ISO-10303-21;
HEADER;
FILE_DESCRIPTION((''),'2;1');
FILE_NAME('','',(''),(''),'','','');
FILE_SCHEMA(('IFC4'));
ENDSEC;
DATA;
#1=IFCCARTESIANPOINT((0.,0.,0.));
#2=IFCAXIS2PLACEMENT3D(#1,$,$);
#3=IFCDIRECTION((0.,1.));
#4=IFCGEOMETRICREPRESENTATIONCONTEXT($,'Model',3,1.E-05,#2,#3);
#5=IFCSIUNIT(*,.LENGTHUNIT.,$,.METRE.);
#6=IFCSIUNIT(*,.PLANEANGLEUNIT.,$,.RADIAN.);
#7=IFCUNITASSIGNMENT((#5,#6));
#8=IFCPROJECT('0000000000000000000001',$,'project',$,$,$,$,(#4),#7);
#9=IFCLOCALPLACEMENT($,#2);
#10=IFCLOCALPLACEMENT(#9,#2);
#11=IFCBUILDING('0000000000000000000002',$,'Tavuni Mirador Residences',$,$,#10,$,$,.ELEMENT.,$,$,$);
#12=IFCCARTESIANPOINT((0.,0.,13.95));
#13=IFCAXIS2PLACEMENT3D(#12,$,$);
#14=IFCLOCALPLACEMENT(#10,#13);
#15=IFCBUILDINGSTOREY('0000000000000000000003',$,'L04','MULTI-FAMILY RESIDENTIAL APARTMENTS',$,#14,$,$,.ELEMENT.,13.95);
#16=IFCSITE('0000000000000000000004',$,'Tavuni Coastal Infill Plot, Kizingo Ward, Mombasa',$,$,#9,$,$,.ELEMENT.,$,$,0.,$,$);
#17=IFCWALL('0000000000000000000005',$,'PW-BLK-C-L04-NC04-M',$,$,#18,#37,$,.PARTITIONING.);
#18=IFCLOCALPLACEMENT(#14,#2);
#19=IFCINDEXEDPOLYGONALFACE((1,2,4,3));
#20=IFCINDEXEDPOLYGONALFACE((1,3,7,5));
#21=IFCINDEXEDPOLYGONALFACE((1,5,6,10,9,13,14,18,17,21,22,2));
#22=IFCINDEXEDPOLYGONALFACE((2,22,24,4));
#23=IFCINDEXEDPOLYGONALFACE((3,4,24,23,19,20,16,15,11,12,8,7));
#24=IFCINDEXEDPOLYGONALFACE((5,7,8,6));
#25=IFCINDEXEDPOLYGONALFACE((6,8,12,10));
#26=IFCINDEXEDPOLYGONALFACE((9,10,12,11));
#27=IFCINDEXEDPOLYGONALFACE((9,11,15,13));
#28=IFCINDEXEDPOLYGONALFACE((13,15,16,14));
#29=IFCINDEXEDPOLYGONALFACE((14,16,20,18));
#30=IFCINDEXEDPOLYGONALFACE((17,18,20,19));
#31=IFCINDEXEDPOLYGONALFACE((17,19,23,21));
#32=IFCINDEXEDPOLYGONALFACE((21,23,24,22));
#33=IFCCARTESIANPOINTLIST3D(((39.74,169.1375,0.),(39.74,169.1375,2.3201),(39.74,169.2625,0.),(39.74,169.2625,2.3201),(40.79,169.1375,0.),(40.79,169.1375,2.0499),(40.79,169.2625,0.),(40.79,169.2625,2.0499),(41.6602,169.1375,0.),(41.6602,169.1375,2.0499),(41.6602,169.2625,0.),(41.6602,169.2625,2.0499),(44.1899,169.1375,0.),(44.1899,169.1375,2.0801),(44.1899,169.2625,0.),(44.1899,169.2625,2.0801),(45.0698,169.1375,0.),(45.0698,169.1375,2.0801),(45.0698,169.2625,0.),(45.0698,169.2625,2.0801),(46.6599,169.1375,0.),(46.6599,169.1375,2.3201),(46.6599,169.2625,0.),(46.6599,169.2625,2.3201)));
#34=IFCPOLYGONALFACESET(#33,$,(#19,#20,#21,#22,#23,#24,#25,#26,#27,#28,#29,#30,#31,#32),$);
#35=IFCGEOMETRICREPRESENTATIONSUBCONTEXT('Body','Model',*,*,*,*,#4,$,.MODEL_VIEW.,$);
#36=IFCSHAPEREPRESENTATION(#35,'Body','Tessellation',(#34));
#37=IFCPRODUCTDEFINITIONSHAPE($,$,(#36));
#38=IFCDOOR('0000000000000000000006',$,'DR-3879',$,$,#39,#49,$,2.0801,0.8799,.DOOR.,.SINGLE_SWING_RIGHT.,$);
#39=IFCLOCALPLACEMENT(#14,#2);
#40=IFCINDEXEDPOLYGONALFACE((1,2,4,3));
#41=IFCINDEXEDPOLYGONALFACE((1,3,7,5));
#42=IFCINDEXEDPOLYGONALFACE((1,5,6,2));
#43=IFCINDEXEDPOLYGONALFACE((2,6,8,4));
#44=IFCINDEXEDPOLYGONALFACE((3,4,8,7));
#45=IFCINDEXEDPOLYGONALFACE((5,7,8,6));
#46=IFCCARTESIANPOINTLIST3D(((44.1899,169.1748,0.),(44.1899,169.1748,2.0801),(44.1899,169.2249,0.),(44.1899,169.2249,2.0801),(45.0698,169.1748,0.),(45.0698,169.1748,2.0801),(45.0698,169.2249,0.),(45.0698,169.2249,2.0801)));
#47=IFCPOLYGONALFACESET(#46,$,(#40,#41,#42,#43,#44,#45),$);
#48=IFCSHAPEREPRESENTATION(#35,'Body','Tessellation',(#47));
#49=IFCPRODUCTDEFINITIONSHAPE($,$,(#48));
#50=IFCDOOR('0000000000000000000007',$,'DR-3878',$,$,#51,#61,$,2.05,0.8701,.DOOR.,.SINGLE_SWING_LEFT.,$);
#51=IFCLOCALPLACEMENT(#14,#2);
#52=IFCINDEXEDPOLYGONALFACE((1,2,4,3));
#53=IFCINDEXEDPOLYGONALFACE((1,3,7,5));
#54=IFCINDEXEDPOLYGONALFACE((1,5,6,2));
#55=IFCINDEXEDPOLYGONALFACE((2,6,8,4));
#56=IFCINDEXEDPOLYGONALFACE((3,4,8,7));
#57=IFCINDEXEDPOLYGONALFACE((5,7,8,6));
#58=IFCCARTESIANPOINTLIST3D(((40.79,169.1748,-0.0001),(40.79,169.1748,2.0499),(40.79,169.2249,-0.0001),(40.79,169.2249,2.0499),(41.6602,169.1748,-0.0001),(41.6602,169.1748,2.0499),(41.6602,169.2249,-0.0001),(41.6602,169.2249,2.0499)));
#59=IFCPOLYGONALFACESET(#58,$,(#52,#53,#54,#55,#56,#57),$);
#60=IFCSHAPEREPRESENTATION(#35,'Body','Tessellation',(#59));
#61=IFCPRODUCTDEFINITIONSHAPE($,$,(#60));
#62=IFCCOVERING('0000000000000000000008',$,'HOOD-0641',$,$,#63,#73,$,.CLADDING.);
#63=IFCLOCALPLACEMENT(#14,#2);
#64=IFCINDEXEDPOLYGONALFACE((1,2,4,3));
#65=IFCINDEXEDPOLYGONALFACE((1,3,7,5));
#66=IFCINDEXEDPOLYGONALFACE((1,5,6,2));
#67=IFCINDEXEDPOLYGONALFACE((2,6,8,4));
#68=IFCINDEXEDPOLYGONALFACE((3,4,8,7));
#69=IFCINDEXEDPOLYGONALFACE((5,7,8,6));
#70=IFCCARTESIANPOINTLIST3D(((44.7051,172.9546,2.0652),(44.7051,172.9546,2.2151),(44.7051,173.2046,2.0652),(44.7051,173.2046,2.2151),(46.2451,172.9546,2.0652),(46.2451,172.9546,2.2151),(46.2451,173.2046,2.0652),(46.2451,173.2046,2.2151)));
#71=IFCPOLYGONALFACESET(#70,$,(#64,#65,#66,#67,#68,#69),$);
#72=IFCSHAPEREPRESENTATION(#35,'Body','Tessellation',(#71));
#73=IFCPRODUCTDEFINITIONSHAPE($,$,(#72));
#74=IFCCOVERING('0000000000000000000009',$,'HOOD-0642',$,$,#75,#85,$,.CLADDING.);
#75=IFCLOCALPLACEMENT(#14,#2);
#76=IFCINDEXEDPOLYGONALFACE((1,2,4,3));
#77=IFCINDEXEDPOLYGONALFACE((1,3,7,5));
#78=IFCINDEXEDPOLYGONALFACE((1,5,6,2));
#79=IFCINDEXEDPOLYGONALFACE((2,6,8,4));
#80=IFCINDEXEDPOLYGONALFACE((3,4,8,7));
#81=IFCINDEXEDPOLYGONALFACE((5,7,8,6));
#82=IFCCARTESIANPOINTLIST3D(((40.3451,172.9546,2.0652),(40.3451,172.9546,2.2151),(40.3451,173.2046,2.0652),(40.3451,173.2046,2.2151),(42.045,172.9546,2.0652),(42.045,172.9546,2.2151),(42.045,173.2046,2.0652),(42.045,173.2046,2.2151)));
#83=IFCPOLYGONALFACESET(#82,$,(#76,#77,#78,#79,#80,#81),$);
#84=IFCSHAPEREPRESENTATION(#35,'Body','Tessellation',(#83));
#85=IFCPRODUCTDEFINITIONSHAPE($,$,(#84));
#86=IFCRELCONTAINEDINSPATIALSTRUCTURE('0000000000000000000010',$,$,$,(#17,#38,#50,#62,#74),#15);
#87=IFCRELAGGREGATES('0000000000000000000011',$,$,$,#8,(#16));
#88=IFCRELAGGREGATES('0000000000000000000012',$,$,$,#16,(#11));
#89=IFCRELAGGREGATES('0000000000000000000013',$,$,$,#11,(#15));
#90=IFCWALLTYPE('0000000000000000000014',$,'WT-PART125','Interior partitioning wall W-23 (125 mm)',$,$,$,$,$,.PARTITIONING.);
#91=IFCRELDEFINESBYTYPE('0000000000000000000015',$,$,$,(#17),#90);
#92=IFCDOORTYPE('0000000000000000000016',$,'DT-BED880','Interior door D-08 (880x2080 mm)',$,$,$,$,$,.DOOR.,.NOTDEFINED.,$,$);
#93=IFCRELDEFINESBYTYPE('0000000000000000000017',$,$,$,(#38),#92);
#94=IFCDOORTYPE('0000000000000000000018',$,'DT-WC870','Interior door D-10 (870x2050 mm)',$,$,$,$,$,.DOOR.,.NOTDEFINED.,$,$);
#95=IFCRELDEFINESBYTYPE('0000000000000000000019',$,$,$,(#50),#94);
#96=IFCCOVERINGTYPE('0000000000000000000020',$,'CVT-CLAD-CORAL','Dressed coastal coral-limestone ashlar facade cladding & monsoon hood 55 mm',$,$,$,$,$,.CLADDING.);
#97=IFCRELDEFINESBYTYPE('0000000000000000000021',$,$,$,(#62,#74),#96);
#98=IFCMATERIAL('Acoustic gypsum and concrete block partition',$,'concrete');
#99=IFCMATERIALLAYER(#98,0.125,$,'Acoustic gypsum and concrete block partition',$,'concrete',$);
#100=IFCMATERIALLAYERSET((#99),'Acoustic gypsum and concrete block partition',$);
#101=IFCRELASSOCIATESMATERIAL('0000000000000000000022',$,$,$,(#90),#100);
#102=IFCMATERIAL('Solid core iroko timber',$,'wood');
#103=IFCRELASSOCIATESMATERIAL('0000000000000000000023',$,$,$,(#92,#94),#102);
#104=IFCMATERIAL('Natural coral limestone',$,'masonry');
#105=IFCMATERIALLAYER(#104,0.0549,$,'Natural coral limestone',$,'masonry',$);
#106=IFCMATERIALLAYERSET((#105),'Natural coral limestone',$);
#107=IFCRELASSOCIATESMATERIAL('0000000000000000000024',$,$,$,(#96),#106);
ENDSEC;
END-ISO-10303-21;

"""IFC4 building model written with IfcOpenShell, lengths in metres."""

from ifc_helpers import new_model, si_unit, direction, frame, frame_2d, origin, origin_2d, place, context, subcontext, project, spatial, rectangle, extrude, material, layer, layer_set, type_object, element, fill, save


model = new_model("IFC4")

# Units and contexts
model_context = context("Model", 3, precision=1e-05, world=origin(), true_north=direction((0.0, 1.0)))
body_context = subcontext(model_context, "Body", "Model", "MODEL_VIEW")
ifc_project = project(units=[si_unit("LENGTHUNIT", "METRE"), si_unit("PLANEANGLEUNIT", "RADIAN")], contexts=[model_context])

# Site, building, storey
site_placement = place(None, origin())
site = spatial("IfcSite", under=ifc_project, at=site_placement, Name="Tavuni Coastal Infill Plot, Kizingo Ward, Mombasa", CompositionType="ELEMENT", RefElevation=0.0)
building_placement = place(site_placement, origin())
building = spatial("IfcBuilding", under=site, at=building_placement, Name="Tavuni Mirador Residences", CompositionType="ELEMENT")
storey_placement = place(building_placement, frame((0.0, 0.0, 13.95)))
storey = spatial("IfcBuildingStorey", under=building, at=storey_placement, Name="L04", Description="MULTI-FAMILY RESIDENTIAL APARTMENTS", CompositionType="ELEMENT", Elevation=13.95)

# Shared definitions
ifc_material_1 = material(Name="Acoustic gypsum and concrete block partition", Category="concrete")

# Wall, openings, doors
ifc_layer_1 = layer(ifc_material_1, 0.125, Name="Acoustic gypsum and concrete block partition", Category="concrete")
ifc_layer_set_1 = layer_set([ifc_layer_1], Name="Acoustic gypsum and concrete block partition")
wall_type_1 = type_object("IfcWallType", Name="WT-PART125", Description="Interior partitioning wall W-23 (125 mm)", PredefinedType="PARTITIONING", material=ifc_layer_set_1)
wall_1_placement = place(storey_placement, frame((39.74, 169.2, 0.0), z_axis=(0.0, 0.0, 1.0), x_axis=(1.0, 0.0, 0.0)))
wall_1 = element("IfcWall", 1, at=wall_1_placement, inside=storey, type_object=wall_type_1, Name="PW-BLK-C-L04-NC04-M", PredefinedType="PARTITIONING", context=body_context, shape_type="SweptSolid", body=[
    extrude(rectangle(XDim=6.9199, YDim=0.125, at=frame_2d((3.46, 0.0))), origin(), (0.0, 0.0, 1.0), 2.3201),
])
opening_1_placement = place(wall_1_placement, frame((1.05, 0.0, 0.0)))
opening_1 = element("IfcOpeningElement", 2, at=opening_1_placement, cuts=wall_1, PredefinedType="OPENING", context=body_context, shape_type="SweptSolid", body=[
    extrude(rectangle(XDim=0.8701, YDim=2.05, at=frame_2d((0.4351, 1.0249))), frame((0.0, 0.0725, 0.0), z_axis=(0.0, -1.0, 0.0), x_axis=(1.0, 0.0, 0.0)), (0.0, 0.0, 1.0), 0.145),
])
opening_2_placement = place(wall_1_placement, frame((4.45, 0.0, 0.0)))
opening_2 = element("IfcOpeningElement", 3, at=opening_2_placement, cuts=wall_1, PredefinedType="OPENING", context=body_context, shape_type="SweptSolid", body=[
    extrude(rectangle(XDim=0.8799, YDim=2.0801, at=frame_2d((0.4399, 1.04))), frame((0.0, 0.0725, 0.0), z_axis=(0.0, -1.0, 0.0), x_axis=(1.0, 0.0, 0.0)), (0.0, 0.0, 1.0), 0.145),
])
ifc_material_2 = material(Name="Solid core iroko timber", Category="wood")
door_type_1 = type_object("IfcDoorType", Name="DT-BED880", Description="Interior door D-08 (880x2080 mm)", OperationType="NOTDEFINED", PredefinedType="DOOR", material=ifc_material_2)
door_1_placement = place(opening_2_placement, origin())
door_1 = element("IfcDoor", 4, at=door_1_placement, inside=storey, type_object=door_type_1, Name="DR-3879", OperationType="SINGLE_SWING_RIGHT", OverallHeight=2.0801, OverallWidth=0.8799, PredefinedType="DOOR", context=body_context, shape_type="SweptSolid", body=[
    extrude(rectangle(XDim=0.8799, YDim=2.0801, at=frame_2d((0.4399, 1.04))), frame((0.0, 0.0249, 0.0), z_axis=(0.0, -1.0, 0.0), x_axis=(1.0, 0.0, 0.0)), (0.0, 0.0, 1.0), 0.05),
])
fill(opening_2, door_1)
door_type_2 = type_object("IfcDoorType", Name="DT-WC870", Description="Interior door D-10 (870x2050 mm)", OperationType="NOTDEFINED", PredefinedType="DOOR", material=ifc_material_2)
door_2_placement = place(opening_1_placement, origin())
door_2 = element("IfcDoor", 5, at=door_2_placement, inside=storey, type_object=door_type_2, Name="DR-3878", OperationType="SINGLE_SWING_LEFT", OverallHeight=2.05, OverallWidth=0.8701, PredefinedType="DOOR", context=body_context, shape_type="SweptSolid", body=[
    extrude(rectangle(XDim=0.8701, YDim=2.05, at=frame_2d((0.4351, 1.0249))), frame((0.0, 0.0249, 0.0), z_axis=(0.0, -1.0, 0.0), x_axis=(1.0, 0.0, 0.0)), (0.0, 0.0, 1.0), 0.05),
])
fill(opening_1, door_2)

# Coverings
ifc_material_3 = material(Name="Natural coral limestone", Category="masonry")
ifc_layer_2 = layer(ifc_material_3, 0.0549, Name="Natural coral limestone", Category="masonry")
ifc_layer_set_2 = layer_set([ifc_layer_2], Name="Natural coral limestone")
covering_type = type_object("IfcCoveringType", Name="CVT-CLAD-CORAL", Description="Dressed coastal coral-limestone ashlar facade cladding & monsoon hood 55 mm", PredefinedType="CLADDING", material=ifc_layer_set_2)
covering_1_placement = place(storey_placement, frame((45.4751, 173.0796, 2.0652), z_axis=(0.0, 0.0, 1.0), x_axis=(-1.0, 0.0, 0.0)))
element("IfcCovering", 6, at=covering_1_placement, inside=storey, type_object=covering_type, Name="HOOD-0641", PredefinedType="CLADDING", context=body_context, shape_type="SweptSolid", body=[
    extrude(rectangle(XDim=1.54, YDim=0.25, at=origin_2d()), origin(), (0.0, 0.0, 1.0), 0.1499),
])
covering_2_placement = place(storey_placement, frame((41.1951, 173.0796, 2.0652), z_axis=(0.0, 0.0, 1.0), x_axis=(-1.0, 0.0, 0.0)))
element("IfcCovering", 7, at=covering_2_placement, inside=storey, type_object=covering_type, Name="HOOD-0642", PredefinedType="CLADDING", context=body_context, shape_type="SweptSolid", body=[
    extrude(rectangle(XDim=1.7, YDim=0.25, at=origin_2d()), origin(), (0.0, 0.0, 1.0), 0.1499),
])

save(model, "model.ifc")
